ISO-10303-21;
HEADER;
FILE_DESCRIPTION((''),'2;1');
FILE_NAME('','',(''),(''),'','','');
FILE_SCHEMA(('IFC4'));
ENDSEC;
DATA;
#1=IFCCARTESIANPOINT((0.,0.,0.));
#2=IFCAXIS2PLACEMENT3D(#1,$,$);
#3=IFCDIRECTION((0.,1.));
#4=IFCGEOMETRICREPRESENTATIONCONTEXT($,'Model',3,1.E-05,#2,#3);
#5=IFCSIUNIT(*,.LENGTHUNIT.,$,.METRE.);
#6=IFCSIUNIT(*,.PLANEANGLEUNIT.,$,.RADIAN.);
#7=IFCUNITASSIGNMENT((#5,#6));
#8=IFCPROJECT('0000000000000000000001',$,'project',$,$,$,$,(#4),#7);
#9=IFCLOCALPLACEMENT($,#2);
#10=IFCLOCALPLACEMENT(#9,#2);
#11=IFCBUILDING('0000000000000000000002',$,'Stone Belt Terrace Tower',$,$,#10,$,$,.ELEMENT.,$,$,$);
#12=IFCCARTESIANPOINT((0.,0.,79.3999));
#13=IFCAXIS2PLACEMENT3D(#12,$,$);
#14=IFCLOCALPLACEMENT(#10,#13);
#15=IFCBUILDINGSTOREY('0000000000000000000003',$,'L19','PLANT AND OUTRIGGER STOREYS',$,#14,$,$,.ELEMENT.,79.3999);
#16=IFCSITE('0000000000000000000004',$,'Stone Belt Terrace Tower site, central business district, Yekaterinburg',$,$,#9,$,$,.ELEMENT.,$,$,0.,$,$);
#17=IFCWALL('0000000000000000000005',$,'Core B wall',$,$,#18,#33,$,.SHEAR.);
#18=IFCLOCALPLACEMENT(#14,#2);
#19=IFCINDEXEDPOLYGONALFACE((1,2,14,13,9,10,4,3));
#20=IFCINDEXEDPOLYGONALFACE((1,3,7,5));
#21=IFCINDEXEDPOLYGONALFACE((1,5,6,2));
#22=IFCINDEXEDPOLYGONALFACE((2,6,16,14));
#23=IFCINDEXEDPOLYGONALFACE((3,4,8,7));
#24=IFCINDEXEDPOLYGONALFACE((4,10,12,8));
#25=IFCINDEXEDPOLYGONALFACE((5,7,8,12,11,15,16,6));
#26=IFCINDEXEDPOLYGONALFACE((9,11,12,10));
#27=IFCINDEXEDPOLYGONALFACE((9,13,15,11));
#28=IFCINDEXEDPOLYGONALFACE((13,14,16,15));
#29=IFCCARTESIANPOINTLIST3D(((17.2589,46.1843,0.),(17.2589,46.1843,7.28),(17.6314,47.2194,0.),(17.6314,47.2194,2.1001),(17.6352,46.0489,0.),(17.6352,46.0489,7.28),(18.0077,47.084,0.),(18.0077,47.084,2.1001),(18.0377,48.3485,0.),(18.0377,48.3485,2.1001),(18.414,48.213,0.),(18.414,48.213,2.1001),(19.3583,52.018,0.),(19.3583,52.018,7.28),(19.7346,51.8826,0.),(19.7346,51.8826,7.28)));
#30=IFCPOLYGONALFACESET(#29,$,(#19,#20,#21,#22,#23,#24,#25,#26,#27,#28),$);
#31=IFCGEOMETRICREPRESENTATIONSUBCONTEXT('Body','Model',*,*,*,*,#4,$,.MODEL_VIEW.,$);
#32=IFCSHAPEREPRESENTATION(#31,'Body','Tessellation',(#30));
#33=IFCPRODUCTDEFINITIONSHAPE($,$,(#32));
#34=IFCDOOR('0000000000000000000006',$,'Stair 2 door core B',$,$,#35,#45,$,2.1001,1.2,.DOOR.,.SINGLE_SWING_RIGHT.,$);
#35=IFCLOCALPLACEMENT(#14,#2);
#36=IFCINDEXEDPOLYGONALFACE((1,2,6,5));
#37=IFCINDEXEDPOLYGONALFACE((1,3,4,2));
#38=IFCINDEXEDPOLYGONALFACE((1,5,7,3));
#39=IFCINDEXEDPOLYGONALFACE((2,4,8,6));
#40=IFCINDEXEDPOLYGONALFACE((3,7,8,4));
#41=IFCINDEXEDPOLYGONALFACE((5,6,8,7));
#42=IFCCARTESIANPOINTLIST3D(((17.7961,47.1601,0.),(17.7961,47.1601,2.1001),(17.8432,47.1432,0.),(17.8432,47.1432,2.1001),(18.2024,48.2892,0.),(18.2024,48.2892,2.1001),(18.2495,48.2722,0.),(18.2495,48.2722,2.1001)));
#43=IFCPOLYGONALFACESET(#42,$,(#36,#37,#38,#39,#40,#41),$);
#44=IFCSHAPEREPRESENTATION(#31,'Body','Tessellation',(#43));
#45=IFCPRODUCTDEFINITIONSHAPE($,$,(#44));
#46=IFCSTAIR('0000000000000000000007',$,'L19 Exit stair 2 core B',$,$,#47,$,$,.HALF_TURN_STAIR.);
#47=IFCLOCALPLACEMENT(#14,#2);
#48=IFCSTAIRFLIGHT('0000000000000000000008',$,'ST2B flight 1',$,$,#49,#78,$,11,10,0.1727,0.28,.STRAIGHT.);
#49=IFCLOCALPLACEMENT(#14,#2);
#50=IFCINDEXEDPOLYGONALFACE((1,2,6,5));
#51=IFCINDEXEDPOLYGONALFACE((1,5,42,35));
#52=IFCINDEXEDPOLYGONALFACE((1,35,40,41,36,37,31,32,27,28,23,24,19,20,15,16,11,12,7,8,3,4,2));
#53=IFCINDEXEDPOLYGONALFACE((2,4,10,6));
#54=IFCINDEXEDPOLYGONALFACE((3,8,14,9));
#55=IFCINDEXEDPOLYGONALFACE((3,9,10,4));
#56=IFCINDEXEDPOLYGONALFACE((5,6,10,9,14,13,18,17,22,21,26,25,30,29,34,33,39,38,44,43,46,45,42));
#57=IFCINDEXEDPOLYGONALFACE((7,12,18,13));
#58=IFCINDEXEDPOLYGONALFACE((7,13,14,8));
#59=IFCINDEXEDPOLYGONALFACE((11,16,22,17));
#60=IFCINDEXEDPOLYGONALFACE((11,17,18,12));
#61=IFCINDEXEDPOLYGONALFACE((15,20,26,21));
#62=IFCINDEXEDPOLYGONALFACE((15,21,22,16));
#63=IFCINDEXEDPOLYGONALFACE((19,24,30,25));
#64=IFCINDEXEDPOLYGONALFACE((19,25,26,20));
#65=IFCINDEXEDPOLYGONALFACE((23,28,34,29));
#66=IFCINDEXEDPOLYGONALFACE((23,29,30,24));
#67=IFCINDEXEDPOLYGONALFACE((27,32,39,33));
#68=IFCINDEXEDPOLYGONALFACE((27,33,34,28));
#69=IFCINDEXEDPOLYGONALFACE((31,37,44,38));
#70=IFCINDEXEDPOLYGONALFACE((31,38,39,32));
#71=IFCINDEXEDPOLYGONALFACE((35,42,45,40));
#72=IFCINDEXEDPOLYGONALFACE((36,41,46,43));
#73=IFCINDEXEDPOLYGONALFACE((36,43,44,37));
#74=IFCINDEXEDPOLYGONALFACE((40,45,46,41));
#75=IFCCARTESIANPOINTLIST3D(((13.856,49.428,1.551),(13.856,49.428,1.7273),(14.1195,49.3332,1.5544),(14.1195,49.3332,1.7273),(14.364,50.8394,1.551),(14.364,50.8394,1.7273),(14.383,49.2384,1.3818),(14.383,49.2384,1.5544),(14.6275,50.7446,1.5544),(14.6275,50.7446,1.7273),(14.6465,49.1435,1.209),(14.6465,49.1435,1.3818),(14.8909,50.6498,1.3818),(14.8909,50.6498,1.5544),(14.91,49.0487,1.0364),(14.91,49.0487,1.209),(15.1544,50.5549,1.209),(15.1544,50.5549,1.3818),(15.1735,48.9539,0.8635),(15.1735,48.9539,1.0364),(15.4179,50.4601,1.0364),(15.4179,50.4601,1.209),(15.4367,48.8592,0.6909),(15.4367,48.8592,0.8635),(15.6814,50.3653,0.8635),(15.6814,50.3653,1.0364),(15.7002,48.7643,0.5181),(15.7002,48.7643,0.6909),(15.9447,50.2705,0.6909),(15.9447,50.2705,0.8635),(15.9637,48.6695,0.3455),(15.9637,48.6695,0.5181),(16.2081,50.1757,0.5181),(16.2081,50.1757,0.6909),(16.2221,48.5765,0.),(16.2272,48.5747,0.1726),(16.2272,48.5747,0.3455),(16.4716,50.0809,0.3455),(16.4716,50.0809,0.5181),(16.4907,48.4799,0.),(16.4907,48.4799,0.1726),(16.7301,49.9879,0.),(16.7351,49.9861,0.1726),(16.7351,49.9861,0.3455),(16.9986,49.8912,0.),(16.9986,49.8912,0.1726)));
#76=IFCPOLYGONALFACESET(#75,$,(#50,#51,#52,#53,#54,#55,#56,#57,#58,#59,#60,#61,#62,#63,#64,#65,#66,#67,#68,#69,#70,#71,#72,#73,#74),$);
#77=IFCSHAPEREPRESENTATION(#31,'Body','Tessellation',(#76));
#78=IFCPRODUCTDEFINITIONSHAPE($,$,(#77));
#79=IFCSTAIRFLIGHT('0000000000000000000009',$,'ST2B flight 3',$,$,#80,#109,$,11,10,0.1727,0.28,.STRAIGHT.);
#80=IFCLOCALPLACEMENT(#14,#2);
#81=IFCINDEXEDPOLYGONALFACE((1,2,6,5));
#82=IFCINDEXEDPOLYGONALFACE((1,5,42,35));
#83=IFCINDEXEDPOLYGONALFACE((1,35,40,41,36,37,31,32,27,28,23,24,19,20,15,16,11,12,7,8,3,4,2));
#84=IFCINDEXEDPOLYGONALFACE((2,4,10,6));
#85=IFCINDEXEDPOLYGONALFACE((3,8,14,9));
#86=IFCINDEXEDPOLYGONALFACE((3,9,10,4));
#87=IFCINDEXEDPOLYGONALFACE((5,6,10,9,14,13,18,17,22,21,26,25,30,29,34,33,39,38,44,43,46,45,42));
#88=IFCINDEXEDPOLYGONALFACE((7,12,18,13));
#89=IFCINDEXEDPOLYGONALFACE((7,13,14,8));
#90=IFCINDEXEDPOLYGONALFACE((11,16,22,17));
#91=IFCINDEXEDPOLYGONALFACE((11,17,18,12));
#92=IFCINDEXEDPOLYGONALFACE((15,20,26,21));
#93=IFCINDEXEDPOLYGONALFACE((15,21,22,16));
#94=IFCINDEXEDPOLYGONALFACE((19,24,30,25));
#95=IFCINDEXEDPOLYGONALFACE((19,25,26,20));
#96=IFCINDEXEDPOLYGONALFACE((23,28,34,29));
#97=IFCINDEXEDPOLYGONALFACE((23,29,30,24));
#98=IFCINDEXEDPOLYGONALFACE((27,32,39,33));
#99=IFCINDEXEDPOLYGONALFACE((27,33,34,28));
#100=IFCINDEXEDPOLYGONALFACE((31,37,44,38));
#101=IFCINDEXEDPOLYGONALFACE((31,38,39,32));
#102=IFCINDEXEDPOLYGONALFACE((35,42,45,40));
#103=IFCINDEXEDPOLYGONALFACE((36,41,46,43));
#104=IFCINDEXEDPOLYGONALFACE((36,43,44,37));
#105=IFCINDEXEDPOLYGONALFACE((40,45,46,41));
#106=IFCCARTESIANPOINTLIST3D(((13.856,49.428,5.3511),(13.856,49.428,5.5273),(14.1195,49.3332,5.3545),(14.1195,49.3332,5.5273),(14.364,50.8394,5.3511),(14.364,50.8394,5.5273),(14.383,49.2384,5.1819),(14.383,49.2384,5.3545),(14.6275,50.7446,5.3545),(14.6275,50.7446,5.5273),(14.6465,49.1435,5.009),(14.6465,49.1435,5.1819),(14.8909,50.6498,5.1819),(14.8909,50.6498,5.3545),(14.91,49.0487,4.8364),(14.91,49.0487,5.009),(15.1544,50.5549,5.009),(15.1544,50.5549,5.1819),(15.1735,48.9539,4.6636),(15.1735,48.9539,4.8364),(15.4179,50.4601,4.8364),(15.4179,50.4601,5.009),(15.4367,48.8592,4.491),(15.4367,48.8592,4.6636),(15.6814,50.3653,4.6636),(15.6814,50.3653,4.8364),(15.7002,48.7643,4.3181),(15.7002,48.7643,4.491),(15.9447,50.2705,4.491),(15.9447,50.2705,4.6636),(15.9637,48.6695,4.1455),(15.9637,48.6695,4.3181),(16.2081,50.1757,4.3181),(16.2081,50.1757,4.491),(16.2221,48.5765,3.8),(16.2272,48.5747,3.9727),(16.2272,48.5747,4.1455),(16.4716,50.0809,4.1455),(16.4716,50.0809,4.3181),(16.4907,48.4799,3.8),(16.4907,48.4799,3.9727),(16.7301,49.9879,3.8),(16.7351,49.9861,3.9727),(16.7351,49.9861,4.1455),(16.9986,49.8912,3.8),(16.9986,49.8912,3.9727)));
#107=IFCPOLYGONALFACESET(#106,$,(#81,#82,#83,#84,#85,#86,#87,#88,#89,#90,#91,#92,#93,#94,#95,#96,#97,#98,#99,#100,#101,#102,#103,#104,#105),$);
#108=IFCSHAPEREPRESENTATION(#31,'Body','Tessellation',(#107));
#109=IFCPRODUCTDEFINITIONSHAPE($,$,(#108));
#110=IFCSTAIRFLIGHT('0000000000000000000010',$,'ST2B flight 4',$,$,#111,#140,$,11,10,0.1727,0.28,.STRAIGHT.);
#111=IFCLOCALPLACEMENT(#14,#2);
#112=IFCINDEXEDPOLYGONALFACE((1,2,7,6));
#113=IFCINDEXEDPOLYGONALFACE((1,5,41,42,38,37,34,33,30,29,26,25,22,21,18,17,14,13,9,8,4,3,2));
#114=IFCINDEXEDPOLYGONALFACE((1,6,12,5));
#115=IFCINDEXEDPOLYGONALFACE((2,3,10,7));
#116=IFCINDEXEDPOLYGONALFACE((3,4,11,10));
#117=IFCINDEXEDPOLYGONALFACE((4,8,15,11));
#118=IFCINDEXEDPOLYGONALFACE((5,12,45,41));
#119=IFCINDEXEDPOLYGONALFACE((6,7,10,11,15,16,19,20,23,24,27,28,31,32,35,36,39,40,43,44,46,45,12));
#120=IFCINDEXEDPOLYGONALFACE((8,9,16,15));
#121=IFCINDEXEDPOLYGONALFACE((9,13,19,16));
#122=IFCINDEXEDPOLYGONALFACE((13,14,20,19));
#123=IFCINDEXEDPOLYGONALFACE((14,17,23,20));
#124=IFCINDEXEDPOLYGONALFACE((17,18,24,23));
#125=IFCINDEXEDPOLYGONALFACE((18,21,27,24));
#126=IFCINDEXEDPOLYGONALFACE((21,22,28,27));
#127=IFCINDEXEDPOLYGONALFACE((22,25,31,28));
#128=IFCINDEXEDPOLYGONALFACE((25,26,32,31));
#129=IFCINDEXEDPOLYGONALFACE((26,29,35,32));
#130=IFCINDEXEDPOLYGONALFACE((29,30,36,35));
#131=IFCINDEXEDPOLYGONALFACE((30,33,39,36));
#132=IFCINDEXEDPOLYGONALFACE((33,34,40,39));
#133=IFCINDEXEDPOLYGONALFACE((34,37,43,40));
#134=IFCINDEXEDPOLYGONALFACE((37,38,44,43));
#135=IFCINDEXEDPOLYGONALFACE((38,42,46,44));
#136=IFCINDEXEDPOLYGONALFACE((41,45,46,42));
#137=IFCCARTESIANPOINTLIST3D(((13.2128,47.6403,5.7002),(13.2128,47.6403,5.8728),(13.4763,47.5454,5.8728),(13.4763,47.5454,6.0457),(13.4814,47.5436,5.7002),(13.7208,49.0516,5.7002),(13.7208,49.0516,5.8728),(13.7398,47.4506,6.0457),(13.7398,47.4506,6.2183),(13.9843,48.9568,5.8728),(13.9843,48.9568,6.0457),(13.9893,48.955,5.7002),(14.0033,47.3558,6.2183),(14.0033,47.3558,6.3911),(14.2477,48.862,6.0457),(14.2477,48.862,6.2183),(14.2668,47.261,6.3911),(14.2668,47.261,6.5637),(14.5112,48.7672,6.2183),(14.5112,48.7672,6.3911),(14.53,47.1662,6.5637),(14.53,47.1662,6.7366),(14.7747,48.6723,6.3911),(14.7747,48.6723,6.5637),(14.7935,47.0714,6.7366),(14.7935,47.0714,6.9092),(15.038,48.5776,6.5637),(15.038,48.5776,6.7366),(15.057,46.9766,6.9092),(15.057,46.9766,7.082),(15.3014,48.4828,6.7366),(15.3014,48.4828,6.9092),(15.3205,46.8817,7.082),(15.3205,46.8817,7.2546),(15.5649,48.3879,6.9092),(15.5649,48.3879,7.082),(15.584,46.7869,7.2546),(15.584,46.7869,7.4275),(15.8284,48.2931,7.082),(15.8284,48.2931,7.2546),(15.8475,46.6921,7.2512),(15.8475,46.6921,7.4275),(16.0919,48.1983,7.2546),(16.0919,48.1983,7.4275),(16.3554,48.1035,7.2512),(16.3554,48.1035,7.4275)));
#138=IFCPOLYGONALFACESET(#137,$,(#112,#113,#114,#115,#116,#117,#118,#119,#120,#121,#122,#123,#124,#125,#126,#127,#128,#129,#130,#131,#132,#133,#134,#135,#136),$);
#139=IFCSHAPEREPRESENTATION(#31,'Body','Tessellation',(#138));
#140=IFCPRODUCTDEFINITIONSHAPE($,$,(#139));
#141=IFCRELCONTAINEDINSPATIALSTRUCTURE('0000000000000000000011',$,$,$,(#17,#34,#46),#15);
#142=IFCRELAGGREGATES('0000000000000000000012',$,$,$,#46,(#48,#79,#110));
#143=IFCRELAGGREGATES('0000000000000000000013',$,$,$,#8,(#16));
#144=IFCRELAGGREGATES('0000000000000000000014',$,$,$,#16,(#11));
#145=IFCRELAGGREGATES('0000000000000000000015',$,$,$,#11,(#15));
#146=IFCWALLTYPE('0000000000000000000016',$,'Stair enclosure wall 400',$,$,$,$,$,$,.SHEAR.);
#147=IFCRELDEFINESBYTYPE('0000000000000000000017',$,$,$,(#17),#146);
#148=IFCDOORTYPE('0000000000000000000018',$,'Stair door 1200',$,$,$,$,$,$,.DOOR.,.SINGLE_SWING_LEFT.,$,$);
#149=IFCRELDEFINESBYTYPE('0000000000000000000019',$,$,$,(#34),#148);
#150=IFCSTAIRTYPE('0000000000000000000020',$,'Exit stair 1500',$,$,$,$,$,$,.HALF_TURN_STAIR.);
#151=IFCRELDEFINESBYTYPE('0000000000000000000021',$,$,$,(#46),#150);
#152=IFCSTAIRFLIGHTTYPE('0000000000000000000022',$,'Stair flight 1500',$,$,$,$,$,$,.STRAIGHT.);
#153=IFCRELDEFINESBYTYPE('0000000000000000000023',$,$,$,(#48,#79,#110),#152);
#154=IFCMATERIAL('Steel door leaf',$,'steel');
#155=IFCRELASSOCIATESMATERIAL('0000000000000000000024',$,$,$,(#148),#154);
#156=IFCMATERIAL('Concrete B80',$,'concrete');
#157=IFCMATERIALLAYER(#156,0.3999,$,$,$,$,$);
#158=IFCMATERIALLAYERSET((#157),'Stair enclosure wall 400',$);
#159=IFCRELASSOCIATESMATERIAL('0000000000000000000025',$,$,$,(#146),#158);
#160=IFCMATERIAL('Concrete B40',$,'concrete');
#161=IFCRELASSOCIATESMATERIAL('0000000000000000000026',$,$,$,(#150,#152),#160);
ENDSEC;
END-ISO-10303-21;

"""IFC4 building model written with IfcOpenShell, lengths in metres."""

from ifc_helpers import new_model, si_unit, direction, frame, frame_2d, origin, place, context, subcontext, project, spatial, polyline, rectangle, outline, extrude, material, layer, layer_set, type_object, element, fill, aggregate, save


model = new_model("IFC4")

# Units and contexts
model_context = context("Model", 3, precision=1e-05, world=origin(), true_north=direction((0.0, 1.0)))
body_context = subcontext(model_context, "Body", "Model", "MODEL_VIEW")
ifc_project = project(units=[si_unit("LENGTHUNIT", "METRE"), si_unit("PLANEANGLEUNIT", "RADIAN")], contexts=[model_context])

# Site, building, storey
site_placement = place(None, origin())
site = spatial("IfcSite", under=ifc_project, at=site_placement, Name="Stone Belt Terrace Tower site, central business district, Yekaterinburg", CompositionType="ELEMENT", RefElevation=0.0)
building_placement = place(site_placement, origin())
building = spatial("IfcBuilding", under=site, at=building_placement, Name="Stone Belt Terrace Tower", CompositionType="ELEMENT")
storey_placement = place(building_placement, frame((0.0, 0.0, 79.3999)))
storey = spatial("IfcBuildingStorey", under=building, at=storey_placement, Name="L19", Description="PLANT AND OUTRIGGER STOREYS", CompositionType="ELEMENT", Elevation=79.3999)

# Shared definitions
ifc_material_1 = material(Name="Concrete B80", Category="concrete")

# Wall, opening, door
ifc_material_2 = material(Name="Steel door leaf", Category="steel")
door_type = type_object("IfcDoorType", Name="Stair door 1200", OperationType="SINGLE_SWING_LEFT", PredefinedType="DOOR", material=ifc_material_2)
ifc_layer_1 = layer(ifc_material_1, 0.3999)
ifc_layer_set_1 = layer_set([ifc_layer_1], Name="Stair enclosure wall 400")
wall_type_1 = type_object("IfcWallType", Name="Stair enclosure wall 400", PredefinedType="SHEAR", material=ifc_layer_set_1)
wall_1_placement = place(storey_placement, frame((17.447, 46.1165, 0.0), z_axis=(0.0, 0.0, 1.0), x_axis=(0.338608, 0.940928, 0.0)))
wall_1 = element("IfcWall", 1, at=wall_1_placement, inside=storey, type_object=wall_type_1, Name="Core B wall", PredefinedType="SHEAR", context=body_context, shape_type="SweptSolid", body=[
    extrude(rectangle(XDim=6.2, YDim=0.3999, at=frame_2d((3.1001, 0.0))), origin(), (0.0, 0.0, 1.0), 7.28),
])
opening_1_placement = place(wall_1_placement, frame((1.1001, 0.0, 0.0)))
opening_1 = element("IfcOpeningElement", 2, at=opening_1_placement, cuts=wall_1, PredefinedType="OPENING", context=body_context, shape_type="SweptSolid", body=[
    extrude(rectangle(XDim=1.2, YDim=2.1001, at=frame_2d((0.6001, 1.05))), frame((0.0, 0.21, 0.0), z_axis=(0.0, -1.0, 0.0), x_axis=(1.0, 0.0, 0.0)), (0.0, 0.0, 1.0), 0.4199),
])
door_1_placement = place(opening_1_placement, origin())
door_1 = element("IfcDoor", 3, at=door_1_placement, inside=storey, type_object=door_type, Name="Stair 2 door core B", OperationType="SINGLE_SWING_RIGHT", OverallHeight=2.1001, OverallWidth=1.2, PredefinedType="DOOR", context=body_context, shape_type="SweptSolid", body=[
    extrude(rectangle(XDim=1.2, YDim=2.1001, at=frame_2d((0.6001, 1.05))), frame((0.0, 0.0249, 0.0), z_axis=(0.0, -1.0, 0.0), x_axis=(1.0, 0.0, 0.0)), (0.0, 0.0, 1.0), 0.05),
])
fill(opening_1, door_1)

# Stair, stair flights
ifc_material_3 = material(Name="Concrete B40", Category="concrete")
stair_type = type_object("IfcStairType", Name="Exit stair 1500", PredefinedType="HALF_TURN_STAIR", material=ifc_material_3)
stair_placement = place(storey_placement, origin())
stair = element("IfcStair", 4, at=stair_placement, inside=storey, type_object=stair_type, Name="L19 Exit stair 2 core B", PredefinedType="HALF_TURN_STAIR")
stair_flight_type = type_object("IfcStairFlightType", Name="Stair flight 1500", PredefinedType="STRAIGHT", material=ifc_material_3)
stair_flight_1_placement = place(storey_placement, frame((16.7446, 49.1855, 0.0), z_axis=(0.0, 0.0, 1.0), x_axis=(-0.940922, 0.338624, 0.0)))
stair_flight_1 = element("IfcStairFlight", 5, at=stair_flight_1_placement, type_object=stair_flight_type, Name="ST2B flight 1", NumberOfRisers=11, NumberOfTreads=10, PredefinedType="STRAIGHT", RiserHeight=0.1727, TreadLength=0.28, context=body_context, shape_type="SweptSolid", body=[
    extrude(outline(polyline([(0.0, 0.0), (0.0, 0.1726), (0.28, 0.1726), (0.28, 0.3455), (0.5601, 0.3455), (0.5601, 0.5181), (0.8401, 0.5181), (0.8401, 0.6909), (1.1201, 0.6909), (1.1201, 0.8635), (1.3999, 0.8635), (1.3999, 1.0364), (1.6799, 1.0364), (1.6799, 1.209), (1.96, 1.209), (1.96, 1.3818), (2.24, 1.3818), (2.24, 1.5544), (2.52, 1.5544), (2.52, 1.7273), (2.8, 1.7273), (2.8, 1.8999), (2.8, 1.551), (0.2854, 0.0), (0.0, 0.0)])), frame((0.0, 0.75, 0.0), z_axis=(0.0, -1.0, 0.0), x_axis=(1.0, 0.0, 0.0)), (0.0, 0.0, 1.0), 1.5),
])
stair_flight_2_placement = place(storey_placement, frame((16.7446, 49.1855, 3.8), z_axis=(0.0, 0.0, 1.0), x_axis=(-0.940922, 0.338624, 0.0)))
stair_flight_2 = element("IfcStairFlight", 6, at=stair_flight_2_placement, type_object=stair_flight_type, Name="ST2B flight 3", NumberOfRisers=11, NumberOfTreads=10, PredefinedType="STRAIGHT", RiserHeight=0.1727, TreadLength=0.28, context=body_context, shape_type="SweptSolid", body=[
    extrude(outline(polyline([(0.0, 0.0), (0.0, 0.1726), (0.28, 0.1726), (0.28, 0.3455), (0.5601, 0.3455), (0.5601, 0.5181), (0.8401, 0.5181), (0.8401, 0.6909), (1.1201, 0.6909), (1.1201, 0.8635), (1.3999, 0.8635), (1.3999, 1.0364), (1.6799, 1.0364), (1.6799, 1.209), (1.96, 1.209), (1.96, 1.3818), (2.24, 1.3818), (2.24, 1.5544), (2.52, 1.5544), (2.52, 1.7273), (2.8, 1.7273), (2.8, 1.8999), (2.8, 1.551), (0.2854, 0.0), (0.0, 0.0)])), frame((0.0, 0.75, 0.0), z_axis=(0.0, -1.0, 0.0), x_axis=(1.0, 0.0, 0.0)), (0.0, 0.0, 1.0), 1.5),
])
stair_flight_3_placement = place(storey_placement, frame((13.4668, 48.3459, 5.7002), z_axis=(0.0, 0.0, 1.0), x_axis=(0.940922, -0.338624, 0.0)))
stair_flight_3 = element("IfcStairFlight", 7, at=stair_flight_3_placement, type_object=stair_flight_type, Name="ST2B flight 4", NumberOfRisers=11, NumberOfTreads=10, PredefinedType="STRAIGHT", RiserHeight=0.1727, TreadLength=0.28, context=body_context, shape_type="SweptSolid", body=[
    extrude(outline(polyline([(0.0, 0.0), (0.0, 0.1726), (0.28, 0.1726), (0.28, 0.3455), (0.5601, 0.3455), (0.5601, 0.5181), (0.8401, 0.5181), (0.8401, 0.6909), (1.1201, 0.6909), (1.1201, 0.8635), (1.3999, 0.8635), (1.3999, 1.0364), (1.6799, 1.0364), (1.6799, 1.209), (1.96, 1.209), (1.96, 1.3818), (2.24, 1.3818), (2.24, 1.5544), (2.52, 1.5544), (2.52, 1.7273), (2.8, 1.7273), (2.8, 1.8999), (2.8, 1.551), (0.2854, 0.0), (0.0, 0.0)])), frame((0.0, 0.75, 0.0), z_axis=(0.0, -1.0, 0.0), x_axis=(1.0, 0.0, 0.0)), (0.0, 0.0, 1.0), 1.5),
])
aggregate(stair, [stair_flight_1, stair_flight_2, stair_flight_3])

save(model, "model.ifc")
